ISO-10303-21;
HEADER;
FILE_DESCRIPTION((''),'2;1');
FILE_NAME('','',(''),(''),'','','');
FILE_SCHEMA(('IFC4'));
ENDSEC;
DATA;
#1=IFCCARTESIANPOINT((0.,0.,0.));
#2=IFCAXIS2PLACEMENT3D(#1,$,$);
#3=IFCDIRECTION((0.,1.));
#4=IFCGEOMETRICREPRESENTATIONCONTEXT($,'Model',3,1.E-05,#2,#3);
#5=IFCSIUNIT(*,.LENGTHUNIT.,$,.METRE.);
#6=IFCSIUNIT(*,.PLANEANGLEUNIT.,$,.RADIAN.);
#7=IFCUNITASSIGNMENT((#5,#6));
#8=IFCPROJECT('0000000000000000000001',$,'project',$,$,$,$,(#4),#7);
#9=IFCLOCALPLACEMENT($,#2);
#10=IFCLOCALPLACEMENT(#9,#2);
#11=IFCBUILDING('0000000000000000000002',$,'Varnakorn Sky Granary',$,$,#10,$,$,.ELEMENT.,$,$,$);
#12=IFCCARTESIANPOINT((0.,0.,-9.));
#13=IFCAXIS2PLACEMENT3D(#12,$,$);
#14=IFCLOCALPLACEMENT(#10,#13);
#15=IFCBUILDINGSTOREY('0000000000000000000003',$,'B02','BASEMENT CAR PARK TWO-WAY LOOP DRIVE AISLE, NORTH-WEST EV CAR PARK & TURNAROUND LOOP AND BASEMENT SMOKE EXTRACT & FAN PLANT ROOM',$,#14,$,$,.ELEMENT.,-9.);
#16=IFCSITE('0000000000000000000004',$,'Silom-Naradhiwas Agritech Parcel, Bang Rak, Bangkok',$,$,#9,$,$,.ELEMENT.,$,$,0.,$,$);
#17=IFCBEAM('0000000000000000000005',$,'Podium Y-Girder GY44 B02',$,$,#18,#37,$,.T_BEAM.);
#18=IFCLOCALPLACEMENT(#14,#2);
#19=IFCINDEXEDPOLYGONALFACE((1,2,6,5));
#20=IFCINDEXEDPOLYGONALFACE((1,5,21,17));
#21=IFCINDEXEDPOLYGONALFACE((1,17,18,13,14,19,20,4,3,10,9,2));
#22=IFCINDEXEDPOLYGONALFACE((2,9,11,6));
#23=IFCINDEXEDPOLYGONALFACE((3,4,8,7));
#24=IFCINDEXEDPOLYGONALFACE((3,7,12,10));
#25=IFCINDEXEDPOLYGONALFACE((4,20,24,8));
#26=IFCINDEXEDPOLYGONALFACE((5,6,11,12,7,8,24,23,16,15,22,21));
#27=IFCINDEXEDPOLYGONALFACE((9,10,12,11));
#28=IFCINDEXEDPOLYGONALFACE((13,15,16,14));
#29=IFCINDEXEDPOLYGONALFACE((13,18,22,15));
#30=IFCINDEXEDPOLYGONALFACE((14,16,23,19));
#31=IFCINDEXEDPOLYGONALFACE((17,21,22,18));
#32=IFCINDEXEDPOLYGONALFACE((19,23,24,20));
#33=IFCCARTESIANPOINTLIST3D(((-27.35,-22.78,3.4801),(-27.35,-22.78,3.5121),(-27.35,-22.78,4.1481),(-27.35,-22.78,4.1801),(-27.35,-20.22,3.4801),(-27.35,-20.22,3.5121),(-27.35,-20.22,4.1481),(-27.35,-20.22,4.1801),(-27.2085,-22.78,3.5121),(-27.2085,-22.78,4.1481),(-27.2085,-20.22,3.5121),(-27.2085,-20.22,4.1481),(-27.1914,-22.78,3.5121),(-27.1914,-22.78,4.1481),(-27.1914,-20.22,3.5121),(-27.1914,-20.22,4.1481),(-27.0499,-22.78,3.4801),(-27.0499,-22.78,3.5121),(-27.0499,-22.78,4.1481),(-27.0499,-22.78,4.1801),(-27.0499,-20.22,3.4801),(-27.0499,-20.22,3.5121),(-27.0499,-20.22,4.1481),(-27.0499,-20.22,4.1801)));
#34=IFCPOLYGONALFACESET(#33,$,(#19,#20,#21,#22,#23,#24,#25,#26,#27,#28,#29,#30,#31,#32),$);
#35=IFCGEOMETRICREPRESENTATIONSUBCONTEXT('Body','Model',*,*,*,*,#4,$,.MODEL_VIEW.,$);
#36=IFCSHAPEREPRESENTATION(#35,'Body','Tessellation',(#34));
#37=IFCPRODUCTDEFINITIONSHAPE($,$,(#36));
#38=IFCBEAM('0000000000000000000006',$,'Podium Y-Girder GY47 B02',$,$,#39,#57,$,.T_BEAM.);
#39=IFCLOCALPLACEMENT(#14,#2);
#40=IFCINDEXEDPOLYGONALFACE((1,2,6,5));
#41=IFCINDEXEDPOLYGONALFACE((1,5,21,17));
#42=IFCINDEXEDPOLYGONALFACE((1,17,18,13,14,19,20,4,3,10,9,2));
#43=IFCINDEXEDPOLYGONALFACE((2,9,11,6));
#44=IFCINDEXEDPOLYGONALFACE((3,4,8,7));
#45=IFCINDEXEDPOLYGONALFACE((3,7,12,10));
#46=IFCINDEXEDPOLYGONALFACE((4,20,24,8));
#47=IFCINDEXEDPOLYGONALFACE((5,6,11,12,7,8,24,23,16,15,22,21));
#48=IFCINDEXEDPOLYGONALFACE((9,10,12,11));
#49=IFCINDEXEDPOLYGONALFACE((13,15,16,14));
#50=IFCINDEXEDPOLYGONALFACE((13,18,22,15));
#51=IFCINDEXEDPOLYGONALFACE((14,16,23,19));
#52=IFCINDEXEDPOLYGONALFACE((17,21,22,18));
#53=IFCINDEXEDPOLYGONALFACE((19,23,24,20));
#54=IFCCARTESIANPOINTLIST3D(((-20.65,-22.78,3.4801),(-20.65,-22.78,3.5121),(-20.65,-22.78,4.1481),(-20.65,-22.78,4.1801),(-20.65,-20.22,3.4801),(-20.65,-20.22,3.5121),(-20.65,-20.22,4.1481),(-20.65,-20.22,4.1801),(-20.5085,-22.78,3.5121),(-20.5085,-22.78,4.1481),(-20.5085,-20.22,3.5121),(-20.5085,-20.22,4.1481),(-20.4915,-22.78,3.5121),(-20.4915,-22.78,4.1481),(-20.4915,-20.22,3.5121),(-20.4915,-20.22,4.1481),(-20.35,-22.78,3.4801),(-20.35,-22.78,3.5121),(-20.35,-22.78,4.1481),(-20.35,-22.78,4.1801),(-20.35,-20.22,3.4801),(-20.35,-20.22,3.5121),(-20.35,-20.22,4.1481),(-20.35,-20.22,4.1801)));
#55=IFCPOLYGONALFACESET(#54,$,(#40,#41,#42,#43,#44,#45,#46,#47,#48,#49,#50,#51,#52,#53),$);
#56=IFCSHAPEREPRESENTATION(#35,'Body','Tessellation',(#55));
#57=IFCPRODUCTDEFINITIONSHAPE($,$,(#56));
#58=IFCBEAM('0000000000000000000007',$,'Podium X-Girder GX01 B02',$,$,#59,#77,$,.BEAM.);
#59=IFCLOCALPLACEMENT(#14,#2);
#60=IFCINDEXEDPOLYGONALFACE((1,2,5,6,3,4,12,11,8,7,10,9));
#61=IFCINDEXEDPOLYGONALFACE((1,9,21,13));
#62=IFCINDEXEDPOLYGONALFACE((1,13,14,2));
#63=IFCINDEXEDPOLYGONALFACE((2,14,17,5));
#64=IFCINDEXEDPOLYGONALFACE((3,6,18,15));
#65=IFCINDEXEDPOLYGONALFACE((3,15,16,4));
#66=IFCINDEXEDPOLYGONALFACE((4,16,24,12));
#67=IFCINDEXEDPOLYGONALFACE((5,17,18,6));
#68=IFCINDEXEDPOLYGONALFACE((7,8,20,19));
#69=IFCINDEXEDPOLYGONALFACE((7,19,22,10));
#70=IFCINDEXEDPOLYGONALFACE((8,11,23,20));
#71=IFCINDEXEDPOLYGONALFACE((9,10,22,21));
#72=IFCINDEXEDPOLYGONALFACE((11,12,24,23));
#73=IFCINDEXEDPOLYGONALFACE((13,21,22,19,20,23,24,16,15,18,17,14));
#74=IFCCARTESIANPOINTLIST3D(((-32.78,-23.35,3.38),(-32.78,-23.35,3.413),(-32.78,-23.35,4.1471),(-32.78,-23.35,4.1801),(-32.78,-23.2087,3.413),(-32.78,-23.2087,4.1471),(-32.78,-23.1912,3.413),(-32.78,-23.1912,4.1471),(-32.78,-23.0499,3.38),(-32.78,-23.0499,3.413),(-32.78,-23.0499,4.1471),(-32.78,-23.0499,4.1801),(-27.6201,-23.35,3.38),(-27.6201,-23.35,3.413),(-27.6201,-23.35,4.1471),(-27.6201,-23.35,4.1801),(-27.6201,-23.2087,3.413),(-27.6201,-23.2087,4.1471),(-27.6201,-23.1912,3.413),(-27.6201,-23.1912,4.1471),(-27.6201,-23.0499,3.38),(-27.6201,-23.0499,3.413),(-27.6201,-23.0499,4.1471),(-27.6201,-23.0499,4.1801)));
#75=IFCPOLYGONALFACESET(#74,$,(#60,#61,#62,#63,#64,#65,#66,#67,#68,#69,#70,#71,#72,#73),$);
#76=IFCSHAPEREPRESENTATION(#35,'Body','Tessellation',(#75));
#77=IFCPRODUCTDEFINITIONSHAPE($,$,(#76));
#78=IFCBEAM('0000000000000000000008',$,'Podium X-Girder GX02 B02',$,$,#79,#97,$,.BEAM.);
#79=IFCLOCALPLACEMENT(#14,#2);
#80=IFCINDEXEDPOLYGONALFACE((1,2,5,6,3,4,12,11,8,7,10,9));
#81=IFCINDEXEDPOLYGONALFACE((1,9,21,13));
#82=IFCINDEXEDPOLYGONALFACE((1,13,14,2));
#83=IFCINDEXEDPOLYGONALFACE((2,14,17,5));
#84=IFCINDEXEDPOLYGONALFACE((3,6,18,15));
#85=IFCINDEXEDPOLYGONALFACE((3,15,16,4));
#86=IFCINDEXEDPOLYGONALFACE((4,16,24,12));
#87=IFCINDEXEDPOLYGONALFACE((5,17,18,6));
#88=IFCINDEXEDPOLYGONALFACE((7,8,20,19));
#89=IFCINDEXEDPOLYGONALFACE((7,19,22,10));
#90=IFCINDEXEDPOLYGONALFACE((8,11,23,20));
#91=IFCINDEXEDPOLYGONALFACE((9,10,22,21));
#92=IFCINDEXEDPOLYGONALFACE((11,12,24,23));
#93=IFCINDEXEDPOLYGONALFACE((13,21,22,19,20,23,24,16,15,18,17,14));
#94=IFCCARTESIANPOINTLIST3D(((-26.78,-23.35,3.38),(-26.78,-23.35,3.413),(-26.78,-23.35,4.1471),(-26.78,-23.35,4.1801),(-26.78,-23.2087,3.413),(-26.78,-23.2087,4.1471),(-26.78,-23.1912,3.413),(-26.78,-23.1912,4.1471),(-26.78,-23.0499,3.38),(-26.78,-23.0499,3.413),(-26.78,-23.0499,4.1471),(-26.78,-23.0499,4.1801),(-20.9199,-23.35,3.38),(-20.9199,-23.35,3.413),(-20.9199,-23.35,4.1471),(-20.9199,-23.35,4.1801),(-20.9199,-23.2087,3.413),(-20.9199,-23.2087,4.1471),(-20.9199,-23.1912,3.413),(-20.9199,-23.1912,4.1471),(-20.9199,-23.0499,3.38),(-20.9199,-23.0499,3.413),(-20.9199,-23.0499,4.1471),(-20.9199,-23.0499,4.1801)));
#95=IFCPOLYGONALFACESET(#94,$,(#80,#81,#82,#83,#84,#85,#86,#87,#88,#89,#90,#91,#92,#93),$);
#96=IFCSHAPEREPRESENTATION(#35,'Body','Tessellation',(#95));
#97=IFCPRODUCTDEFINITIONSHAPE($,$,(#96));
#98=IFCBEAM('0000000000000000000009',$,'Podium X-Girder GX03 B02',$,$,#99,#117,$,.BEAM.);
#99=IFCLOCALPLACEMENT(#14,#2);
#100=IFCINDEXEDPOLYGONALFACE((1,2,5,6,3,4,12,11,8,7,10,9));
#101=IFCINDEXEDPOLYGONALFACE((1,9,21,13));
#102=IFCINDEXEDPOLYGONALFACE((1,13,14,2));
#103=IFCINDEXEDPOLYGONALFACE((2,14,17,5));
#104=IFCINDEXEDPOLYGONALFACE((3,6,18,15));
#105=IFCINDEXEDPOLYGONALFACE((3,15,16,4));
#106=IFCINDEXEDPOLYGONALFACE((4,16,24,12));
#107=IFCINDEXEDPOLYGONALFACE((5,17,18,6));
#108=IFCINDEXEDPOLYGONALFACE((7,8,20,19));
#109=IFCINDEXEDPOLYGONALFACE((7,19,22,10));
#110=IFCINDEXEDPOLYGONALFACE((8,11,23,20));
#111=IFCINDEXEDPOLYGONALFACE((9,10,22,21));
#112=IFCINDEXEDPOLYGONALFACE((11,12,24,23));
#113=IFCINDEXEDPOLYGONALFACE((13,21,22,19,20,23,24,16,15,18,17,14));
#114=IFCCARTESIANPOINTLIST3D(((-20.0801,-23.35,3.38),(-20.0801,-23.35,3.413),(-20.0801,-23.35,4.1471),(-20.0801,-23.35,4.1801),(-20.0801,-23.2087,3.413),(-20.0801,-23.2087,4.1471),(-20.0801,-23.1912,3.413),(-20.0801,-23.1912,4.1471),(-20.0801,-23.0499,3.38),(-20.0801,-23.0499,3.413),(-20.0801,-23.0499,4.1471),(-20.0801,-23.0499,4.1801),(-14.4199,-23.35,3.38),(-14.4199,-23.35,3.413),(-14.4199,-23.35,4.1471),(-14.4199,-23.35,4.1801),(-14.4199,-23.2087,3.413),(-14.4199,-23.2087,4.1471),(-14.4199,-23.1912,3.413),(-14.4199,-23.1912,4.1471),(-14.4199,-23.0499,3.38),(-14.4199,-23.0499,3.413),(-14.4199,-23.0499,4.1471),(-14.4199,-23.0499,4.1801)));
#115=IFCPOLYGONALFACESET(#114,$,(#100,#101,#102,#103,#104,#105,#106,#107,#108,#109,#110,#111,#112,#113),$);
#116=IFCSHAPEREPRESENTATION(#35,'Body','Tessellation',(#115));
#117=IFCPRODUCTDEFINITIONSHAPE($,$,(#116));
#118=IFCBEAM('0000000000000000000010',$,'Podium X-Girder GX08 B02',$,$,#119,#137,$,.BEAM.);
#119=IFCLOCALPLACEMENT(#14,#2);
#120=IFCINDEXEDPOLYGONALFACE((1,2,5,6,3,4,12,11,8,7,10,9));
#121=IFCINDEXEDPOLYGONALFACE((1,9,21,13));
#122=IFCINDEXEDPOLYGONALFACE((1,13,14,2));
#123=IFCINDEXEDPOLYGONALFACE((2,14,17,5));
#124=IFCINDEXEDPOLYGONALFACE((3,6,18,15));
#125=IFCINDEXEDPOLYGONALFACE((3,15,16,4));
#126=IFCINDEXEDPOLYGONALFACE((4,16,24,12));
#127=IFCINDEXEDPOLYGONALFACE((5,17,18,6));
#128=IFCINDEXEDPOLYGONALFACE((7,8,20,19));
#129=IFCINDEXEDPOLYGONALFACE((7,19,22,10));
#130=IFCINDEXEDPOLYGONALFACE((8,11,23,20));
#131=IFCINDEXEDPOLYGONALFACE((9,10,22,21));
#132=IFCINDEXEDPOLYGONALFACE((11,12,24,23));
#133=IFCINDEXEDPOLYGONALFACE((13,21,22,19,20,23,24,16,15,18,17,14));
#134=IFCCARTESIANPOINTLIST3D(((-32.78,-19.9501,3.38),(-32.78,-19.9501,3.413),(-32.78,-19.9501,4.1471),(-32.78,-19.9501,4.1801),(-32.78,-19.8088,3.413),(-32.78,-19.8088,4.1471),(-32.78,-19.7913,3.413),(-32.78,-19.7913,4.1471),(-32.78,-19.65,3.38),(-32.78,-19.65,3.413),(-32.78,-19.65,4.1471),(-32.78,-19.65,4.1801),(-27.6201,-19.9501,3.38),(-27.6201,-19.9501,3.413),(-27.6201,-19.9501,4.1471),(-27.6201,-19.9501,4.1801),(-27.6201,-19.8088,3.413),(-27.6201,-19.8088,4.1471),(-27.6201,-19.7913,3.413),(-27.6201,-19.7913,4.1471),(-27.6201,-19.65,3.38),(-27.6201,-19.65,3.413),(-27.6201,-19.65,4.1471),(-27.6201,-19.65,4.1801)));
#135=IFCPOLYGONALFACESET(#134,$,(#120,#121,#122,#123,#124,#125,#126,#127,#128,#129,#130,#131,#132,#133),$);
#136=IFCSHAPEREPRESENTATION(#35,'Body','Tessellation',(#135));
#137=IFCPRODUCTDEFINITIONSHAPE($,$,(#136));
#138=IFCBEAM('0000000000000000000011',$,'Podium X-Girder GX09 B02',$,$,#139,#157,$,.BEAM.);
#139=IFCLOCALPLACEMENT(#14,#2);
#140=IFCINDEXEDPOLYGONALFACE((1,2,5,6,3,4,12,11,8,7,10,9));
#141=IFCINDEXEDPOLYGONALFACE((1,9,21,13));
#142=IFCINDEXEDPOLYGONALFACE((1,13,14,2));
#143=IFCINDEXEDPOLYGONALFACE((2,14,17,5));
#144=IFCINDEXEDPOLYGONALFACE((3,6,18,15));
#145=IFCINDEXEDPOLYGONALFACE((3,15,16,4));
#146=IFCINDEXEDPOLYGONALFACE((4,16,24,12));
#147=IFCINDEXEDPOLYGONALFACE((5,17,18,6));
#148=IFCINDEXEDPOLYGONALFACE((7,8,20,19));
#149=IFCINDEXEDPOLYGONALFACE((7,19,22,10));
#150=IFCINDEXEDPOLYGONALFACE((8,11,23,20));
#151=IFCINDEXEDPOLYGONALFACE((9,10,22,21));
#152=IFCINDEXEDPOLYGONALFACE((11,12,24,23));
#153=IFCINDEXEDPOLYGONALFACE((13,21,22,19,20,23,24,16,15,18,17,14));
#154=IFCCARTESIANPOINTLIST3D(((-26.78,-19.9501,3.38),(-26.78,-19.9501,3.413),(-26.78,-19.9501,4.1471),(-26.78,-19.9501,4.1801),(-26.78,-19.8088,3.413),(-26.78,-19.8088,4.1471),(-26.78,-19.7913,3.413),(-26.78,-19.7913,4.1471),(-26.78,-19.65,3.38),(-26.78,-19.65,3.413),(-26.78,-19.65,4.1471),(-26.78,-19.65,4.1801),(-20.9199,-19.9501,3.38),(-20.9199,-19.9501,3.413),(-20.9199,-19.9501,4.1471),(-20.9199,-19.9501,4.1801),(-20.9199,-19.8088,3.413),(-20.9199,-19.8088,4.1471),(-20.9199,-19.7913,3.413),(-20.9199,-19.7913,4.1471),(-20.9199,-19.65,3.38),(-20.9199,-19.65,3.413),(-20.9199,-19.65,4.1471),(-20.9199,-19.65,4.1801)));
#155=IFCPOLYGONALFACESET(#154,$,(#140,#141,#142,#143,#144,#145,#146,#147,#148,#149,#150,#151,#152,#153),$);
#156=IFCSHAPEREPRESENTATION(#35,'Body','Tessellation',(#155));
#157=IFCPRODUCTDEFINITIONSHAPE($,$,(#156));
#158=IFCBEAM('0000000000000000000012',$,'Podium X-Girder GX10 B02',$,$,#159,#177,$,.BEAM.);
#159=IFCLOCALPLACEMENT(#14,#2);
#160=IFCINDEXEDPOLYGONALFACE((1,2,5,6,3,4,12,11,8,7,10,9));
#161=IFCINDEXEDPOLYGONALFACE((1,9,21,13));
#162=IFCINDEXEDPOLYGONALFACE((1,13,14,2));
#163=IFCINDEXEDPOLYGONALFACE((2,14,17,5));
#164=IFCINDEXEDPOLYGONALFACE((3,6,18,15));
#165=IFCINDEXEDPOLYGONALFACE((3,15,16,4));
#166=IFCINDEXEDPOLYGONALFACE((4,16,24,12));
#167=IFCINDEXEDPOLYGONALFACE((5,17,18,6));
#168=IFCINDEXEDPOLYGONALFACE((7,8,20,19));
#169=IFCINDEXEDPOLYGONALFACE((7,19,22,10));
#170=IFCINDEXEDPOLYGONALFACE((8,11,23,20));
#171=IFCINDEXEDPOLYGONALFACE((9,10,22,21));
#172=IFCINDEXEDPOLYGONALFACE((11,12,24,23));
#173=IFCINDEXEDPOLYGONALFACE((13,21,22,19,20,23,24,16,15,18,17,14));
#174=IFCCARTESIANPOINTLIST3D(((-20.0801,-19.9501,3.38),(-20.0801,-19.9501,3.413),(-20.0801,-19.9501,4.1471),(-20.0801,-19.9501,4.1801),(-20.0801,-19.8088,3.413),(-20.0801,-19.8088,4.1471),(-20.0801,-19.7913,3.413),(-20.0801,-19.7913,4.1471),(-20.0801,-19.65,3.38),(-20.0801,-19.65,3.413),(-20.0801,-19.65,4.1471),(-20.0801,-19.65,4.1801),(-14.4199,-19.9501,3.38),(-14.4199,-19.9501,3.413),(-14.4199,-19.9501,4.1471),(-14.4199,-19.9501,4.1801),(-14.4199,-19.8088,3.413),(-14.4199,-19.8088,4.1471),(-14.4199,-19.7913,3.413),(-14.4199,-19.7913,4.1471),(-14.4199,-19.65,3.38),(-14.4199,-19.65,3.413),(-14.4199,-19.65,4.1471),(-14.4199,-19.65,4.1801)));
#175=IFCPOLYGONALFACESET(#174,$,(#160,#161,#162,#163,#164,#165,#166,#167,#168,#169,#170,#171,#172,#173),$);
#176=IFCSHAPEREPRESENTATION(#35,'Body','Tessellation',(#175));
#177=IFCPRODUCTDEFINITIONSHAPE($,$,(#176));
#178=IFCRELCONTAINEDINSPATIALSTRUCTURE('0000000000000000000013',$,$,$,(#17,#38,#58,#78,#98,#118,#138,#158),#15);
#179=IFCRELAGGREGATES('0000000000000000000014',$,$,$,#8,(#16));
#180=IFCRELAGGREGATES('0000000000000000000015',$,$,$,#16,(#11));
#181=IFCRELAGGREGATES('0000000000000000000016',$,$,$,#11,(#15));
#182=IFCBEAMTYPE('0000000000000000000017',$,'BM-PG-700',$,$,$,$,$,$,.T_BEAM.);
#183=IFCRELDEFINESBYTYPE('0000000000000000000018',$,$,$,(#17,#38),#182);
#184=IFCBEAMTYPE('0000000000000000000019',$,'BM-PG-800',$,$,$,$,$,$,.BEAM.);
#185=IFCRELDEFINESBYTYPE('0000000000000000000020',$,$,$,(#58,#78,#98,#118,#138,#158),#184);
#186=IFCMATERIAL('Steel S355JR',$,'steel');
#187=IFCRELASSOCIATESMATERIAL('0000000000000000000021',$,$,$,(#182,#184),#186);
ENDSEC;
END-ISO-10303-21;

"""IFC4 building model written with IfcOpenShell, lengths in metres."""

from ifc_helpers import new_model, si_unit, direction, frame, origin, origin_2d, place, context, subcontext, project, spatial, i_section, extrude, material, material_profile, profile_set, type_object, element, save


model = new_model("IFC4")

# Units and contexts
model_context = context("Model", 3, precision=1e-05, world=origin(), true_north=direction((0.0, 1.0)))
body_context = subcontext(model_context, "Body", "Model", "MODEL_VIEW")
ifc_project = project(units=[si_unit("LENGTHUNIT", "METRE"), si_unit("PLANEANGLEUNIT", "RADIAN")], contexts=[model_context])

# Site, building, storey
site_placement = place(None, origin())
site = spatial("IfcSite", under=ifc_project, at=site_placement, Name="Silom-Naradhiwas Agritech Parcel, Bang Rak, Bangkok", CompositionType="ELEMENT", RefElevation=0.0)
building_placement = place(site_placement, origin())
building = spatial("IfcBuilding", under=site, at=building_placement, Name="Varnakorn Sky Granary", CompositionType="ELEMENT")
storey_placement = place(building_placement, frame((0.0, 0.0, -9.0)))
storey = spatial("IfcBuildingStorey", under=building, at=storey_placement, Name="B02", Description="BASEMENT CAR PARK TWO-WAY LOOP DRIVE AISLE, NORTH-WEST EV CAR PARK & TURNAROUND LOOP AND BASEMENT SMOKE EXTRACT & FAN PLANT ROOM", CompositionType="ELEMENT", Elevation=-9.0)

# Beams
ifc_material_1 = material(Name="Steel S355JR", Category="steel")
ifc_material_profile_1 = material_profile(ifc_material_1, i_section(OverallWidth=0.3, OverallDepth=0.7, WebThickness=0.0171, FlangeThickness=0.032, at=origin_2d()), Name="HE 700 B")
ifc_profile_set_1 = profile_set([ifc_material_profile_1], Name="Steel S355JR")
beam_type_1 = type_object("IfcBeamType", Name="BM-PG-700", PredefinedType="T_BEAM", material=ifc_profile_set_1)
for number, where, z_axis, x_axis, name in (
    (1, (-27.2, -22.78, 3.8301), (0.0, 1.0, 0.0), (-1.0, 0.0, 0.0), "Podium Y-Girder GY44 B02"),
    (2, (-20.5, -22.78, 3.8301), (0.0, 1.0, 0.0), (-1.0, 0.0, 0.0), "Podium Y-Girder GY47 B02"),
):
    element("IfcBeam", number, at=place(storey_placement, frame(where, z_axis=z_axis, x_axis=x_axis)), inside=storey, type_object=beam_type_1, Name=name, PredefinedType="T_BEAM", context=body_context, shape_type="SweptSolid", body=[
        extrude(i_section(OverallWidth=0.3, OverallDepth=0.7, WebThickness=0.0171, FlangeThickness=0.032, at=origin_2d()), origin(), (0.0, 0.0, 1.0), 2.5601),
    ])
ifc_material_profile_2 = material_profile(ifc_material_1, i_section(OverallWidth=0.3, OverallDepth=0.8, WebThickness=0.0176, FlangeThickness=0.033, at=origin_2d()), Name="HE 800 B")
ifc_profile_set_2 = profile_set([ifc_material_profile_2], Name="Steel S355JR")
beam_type_2 = type_object("IfcBeamType", Name="BM-PG-800", PredefinedType="BEAM", material=ifc_profile_set_2)
beam_1_placement = place(storey_placement, frame((-32.78, -23.2, 3.78), z_axis=(1.0, 0.0, 0.0), x_axis=(0.0, 1.0, 0.0)))
element("IfcBeam", 3, at=beam_1_placement, inside=storey, type_object=beam_type_2, Name="Podium X-Girder GX01 B02", PredefinedType="BEAM", context=body_context, shape_type="SweptSolid", body=[
    extrude(i_section(OverallWidth=0.3, OverallDepth=0.8, WebThickness=0.0176, FlangeThickness=0.033, at=origin_2d()), origin(), (0.0, 0.0, 1.0), 5.1599),
])
beam_2_placement = place(storey_placement, frame((-26.78, -23.2, 3.78), z_axis=(1.0, 0.0, 0.0), x_axis=(0.0, 1.0, 0.0)))
element("IfcBeam", 4, at=beam_2_placement, inside=storey, type_object=beam_type_2, Name="Podium X-Girder GX02 B02", PredefinedType="BEAM", context=body_context, shape_type="SweptSolid", body=[
    extrude(i_section(OverallWidth=0.3, OverallDepth=0.8, WebThickness=0.0176, FlangeThickness=0.033, at=origin_2d()), origin(), (0.0, 0.0, 1.0), 5.8601),
])
beam_3_placement = place(storey_placement, frame((-20.0801, -23.2, 3.78), z_axis=(1.0, 0.0, 0.0), x_axis=(0.0, 1.0, 0.0)))
element("IfcBeam", 5, at=beam_3_placement, inside=storey, type_object=beam_type_2, Name="Podium X-Girder GX03 B02", PredefinedType="BEAM", context=body_context, shape_type="SweptSolid", body=[
    extrude(i_section(OverallWidth=0.3, OverallDepth=0.8, WebThickness=0.0176, FlangeThickness=0.033, at=origin_2d()), origin(), (0.0, 0.0, 1.0), 5.6602),
])
beam_4_placement = place(storey_placement, frame((-32.78, -19.8, 3.78), z_axis=(1.0, 0.0, 0.0), x_axis=(0.0, 1.0, 0.0)))
element("IfcBeam", 6, at=beam_4_placement, inside=storey, type_object=beam_type_2, Name="Podium X-Girder GX08 B02", PredefinedType="BEAM", context=body_context, shape_type="SweptSolid", body=[
    extrude(i_section(OverallWidth=0.3, OverallDepth=0.8, WebThickness=0.0176, FlangeThickness=0.033, at=origin_2d()), origin(), (0.0, 0.0, 1.0), 5.1599),
])
beam_5_placement = place(storey_placement, frame((-26.78, -19.8, 3.78), z_axis=(1.0, 0.0, 0.0), x_axis=(0.0, 1.0, 0.0)))
element("IfcBeam", 7, at=beam_5_placement, inside=storey, type_object=beam_type_2, Name="Podium X-Girder GX09 B02", PredefinedType="BEAM", context=body_context, shape_type="SweptSolid", body=[
    extrude(i_section(OverallWidth=0.3, OverallDepth=0.8, WebThickness=0.0176, FlangeThickness=0.033, at=origin_2d()), origin(), (0.0, 0.0, 1.0), 5.8601),
])
beam_6_placement = place(storey_placement, frame((-20.0801, -19.8, 3.78), z_axis=(1.0, 0.0, 0.0), x_axis=(0.0, 1.0, 0.0)))
element("IfcBeam", 8, at=beam_6_placement, inside=storey, type_object=beam_type_2, Name="Podium X-Girder GX10 B02", PredefinedType="BEAM", context=body_context, shape_type="SweptSolid", body=[
    extrude(i_section(OverallWidth=0.3, OverallDepth=0.8, WebThickness=0.0176, FlangeThickness=0.033, at=origin_2d()), origin(), (0.0, 0.0, 1.0), 5.6602),
])

save(model, "model.ifc")
